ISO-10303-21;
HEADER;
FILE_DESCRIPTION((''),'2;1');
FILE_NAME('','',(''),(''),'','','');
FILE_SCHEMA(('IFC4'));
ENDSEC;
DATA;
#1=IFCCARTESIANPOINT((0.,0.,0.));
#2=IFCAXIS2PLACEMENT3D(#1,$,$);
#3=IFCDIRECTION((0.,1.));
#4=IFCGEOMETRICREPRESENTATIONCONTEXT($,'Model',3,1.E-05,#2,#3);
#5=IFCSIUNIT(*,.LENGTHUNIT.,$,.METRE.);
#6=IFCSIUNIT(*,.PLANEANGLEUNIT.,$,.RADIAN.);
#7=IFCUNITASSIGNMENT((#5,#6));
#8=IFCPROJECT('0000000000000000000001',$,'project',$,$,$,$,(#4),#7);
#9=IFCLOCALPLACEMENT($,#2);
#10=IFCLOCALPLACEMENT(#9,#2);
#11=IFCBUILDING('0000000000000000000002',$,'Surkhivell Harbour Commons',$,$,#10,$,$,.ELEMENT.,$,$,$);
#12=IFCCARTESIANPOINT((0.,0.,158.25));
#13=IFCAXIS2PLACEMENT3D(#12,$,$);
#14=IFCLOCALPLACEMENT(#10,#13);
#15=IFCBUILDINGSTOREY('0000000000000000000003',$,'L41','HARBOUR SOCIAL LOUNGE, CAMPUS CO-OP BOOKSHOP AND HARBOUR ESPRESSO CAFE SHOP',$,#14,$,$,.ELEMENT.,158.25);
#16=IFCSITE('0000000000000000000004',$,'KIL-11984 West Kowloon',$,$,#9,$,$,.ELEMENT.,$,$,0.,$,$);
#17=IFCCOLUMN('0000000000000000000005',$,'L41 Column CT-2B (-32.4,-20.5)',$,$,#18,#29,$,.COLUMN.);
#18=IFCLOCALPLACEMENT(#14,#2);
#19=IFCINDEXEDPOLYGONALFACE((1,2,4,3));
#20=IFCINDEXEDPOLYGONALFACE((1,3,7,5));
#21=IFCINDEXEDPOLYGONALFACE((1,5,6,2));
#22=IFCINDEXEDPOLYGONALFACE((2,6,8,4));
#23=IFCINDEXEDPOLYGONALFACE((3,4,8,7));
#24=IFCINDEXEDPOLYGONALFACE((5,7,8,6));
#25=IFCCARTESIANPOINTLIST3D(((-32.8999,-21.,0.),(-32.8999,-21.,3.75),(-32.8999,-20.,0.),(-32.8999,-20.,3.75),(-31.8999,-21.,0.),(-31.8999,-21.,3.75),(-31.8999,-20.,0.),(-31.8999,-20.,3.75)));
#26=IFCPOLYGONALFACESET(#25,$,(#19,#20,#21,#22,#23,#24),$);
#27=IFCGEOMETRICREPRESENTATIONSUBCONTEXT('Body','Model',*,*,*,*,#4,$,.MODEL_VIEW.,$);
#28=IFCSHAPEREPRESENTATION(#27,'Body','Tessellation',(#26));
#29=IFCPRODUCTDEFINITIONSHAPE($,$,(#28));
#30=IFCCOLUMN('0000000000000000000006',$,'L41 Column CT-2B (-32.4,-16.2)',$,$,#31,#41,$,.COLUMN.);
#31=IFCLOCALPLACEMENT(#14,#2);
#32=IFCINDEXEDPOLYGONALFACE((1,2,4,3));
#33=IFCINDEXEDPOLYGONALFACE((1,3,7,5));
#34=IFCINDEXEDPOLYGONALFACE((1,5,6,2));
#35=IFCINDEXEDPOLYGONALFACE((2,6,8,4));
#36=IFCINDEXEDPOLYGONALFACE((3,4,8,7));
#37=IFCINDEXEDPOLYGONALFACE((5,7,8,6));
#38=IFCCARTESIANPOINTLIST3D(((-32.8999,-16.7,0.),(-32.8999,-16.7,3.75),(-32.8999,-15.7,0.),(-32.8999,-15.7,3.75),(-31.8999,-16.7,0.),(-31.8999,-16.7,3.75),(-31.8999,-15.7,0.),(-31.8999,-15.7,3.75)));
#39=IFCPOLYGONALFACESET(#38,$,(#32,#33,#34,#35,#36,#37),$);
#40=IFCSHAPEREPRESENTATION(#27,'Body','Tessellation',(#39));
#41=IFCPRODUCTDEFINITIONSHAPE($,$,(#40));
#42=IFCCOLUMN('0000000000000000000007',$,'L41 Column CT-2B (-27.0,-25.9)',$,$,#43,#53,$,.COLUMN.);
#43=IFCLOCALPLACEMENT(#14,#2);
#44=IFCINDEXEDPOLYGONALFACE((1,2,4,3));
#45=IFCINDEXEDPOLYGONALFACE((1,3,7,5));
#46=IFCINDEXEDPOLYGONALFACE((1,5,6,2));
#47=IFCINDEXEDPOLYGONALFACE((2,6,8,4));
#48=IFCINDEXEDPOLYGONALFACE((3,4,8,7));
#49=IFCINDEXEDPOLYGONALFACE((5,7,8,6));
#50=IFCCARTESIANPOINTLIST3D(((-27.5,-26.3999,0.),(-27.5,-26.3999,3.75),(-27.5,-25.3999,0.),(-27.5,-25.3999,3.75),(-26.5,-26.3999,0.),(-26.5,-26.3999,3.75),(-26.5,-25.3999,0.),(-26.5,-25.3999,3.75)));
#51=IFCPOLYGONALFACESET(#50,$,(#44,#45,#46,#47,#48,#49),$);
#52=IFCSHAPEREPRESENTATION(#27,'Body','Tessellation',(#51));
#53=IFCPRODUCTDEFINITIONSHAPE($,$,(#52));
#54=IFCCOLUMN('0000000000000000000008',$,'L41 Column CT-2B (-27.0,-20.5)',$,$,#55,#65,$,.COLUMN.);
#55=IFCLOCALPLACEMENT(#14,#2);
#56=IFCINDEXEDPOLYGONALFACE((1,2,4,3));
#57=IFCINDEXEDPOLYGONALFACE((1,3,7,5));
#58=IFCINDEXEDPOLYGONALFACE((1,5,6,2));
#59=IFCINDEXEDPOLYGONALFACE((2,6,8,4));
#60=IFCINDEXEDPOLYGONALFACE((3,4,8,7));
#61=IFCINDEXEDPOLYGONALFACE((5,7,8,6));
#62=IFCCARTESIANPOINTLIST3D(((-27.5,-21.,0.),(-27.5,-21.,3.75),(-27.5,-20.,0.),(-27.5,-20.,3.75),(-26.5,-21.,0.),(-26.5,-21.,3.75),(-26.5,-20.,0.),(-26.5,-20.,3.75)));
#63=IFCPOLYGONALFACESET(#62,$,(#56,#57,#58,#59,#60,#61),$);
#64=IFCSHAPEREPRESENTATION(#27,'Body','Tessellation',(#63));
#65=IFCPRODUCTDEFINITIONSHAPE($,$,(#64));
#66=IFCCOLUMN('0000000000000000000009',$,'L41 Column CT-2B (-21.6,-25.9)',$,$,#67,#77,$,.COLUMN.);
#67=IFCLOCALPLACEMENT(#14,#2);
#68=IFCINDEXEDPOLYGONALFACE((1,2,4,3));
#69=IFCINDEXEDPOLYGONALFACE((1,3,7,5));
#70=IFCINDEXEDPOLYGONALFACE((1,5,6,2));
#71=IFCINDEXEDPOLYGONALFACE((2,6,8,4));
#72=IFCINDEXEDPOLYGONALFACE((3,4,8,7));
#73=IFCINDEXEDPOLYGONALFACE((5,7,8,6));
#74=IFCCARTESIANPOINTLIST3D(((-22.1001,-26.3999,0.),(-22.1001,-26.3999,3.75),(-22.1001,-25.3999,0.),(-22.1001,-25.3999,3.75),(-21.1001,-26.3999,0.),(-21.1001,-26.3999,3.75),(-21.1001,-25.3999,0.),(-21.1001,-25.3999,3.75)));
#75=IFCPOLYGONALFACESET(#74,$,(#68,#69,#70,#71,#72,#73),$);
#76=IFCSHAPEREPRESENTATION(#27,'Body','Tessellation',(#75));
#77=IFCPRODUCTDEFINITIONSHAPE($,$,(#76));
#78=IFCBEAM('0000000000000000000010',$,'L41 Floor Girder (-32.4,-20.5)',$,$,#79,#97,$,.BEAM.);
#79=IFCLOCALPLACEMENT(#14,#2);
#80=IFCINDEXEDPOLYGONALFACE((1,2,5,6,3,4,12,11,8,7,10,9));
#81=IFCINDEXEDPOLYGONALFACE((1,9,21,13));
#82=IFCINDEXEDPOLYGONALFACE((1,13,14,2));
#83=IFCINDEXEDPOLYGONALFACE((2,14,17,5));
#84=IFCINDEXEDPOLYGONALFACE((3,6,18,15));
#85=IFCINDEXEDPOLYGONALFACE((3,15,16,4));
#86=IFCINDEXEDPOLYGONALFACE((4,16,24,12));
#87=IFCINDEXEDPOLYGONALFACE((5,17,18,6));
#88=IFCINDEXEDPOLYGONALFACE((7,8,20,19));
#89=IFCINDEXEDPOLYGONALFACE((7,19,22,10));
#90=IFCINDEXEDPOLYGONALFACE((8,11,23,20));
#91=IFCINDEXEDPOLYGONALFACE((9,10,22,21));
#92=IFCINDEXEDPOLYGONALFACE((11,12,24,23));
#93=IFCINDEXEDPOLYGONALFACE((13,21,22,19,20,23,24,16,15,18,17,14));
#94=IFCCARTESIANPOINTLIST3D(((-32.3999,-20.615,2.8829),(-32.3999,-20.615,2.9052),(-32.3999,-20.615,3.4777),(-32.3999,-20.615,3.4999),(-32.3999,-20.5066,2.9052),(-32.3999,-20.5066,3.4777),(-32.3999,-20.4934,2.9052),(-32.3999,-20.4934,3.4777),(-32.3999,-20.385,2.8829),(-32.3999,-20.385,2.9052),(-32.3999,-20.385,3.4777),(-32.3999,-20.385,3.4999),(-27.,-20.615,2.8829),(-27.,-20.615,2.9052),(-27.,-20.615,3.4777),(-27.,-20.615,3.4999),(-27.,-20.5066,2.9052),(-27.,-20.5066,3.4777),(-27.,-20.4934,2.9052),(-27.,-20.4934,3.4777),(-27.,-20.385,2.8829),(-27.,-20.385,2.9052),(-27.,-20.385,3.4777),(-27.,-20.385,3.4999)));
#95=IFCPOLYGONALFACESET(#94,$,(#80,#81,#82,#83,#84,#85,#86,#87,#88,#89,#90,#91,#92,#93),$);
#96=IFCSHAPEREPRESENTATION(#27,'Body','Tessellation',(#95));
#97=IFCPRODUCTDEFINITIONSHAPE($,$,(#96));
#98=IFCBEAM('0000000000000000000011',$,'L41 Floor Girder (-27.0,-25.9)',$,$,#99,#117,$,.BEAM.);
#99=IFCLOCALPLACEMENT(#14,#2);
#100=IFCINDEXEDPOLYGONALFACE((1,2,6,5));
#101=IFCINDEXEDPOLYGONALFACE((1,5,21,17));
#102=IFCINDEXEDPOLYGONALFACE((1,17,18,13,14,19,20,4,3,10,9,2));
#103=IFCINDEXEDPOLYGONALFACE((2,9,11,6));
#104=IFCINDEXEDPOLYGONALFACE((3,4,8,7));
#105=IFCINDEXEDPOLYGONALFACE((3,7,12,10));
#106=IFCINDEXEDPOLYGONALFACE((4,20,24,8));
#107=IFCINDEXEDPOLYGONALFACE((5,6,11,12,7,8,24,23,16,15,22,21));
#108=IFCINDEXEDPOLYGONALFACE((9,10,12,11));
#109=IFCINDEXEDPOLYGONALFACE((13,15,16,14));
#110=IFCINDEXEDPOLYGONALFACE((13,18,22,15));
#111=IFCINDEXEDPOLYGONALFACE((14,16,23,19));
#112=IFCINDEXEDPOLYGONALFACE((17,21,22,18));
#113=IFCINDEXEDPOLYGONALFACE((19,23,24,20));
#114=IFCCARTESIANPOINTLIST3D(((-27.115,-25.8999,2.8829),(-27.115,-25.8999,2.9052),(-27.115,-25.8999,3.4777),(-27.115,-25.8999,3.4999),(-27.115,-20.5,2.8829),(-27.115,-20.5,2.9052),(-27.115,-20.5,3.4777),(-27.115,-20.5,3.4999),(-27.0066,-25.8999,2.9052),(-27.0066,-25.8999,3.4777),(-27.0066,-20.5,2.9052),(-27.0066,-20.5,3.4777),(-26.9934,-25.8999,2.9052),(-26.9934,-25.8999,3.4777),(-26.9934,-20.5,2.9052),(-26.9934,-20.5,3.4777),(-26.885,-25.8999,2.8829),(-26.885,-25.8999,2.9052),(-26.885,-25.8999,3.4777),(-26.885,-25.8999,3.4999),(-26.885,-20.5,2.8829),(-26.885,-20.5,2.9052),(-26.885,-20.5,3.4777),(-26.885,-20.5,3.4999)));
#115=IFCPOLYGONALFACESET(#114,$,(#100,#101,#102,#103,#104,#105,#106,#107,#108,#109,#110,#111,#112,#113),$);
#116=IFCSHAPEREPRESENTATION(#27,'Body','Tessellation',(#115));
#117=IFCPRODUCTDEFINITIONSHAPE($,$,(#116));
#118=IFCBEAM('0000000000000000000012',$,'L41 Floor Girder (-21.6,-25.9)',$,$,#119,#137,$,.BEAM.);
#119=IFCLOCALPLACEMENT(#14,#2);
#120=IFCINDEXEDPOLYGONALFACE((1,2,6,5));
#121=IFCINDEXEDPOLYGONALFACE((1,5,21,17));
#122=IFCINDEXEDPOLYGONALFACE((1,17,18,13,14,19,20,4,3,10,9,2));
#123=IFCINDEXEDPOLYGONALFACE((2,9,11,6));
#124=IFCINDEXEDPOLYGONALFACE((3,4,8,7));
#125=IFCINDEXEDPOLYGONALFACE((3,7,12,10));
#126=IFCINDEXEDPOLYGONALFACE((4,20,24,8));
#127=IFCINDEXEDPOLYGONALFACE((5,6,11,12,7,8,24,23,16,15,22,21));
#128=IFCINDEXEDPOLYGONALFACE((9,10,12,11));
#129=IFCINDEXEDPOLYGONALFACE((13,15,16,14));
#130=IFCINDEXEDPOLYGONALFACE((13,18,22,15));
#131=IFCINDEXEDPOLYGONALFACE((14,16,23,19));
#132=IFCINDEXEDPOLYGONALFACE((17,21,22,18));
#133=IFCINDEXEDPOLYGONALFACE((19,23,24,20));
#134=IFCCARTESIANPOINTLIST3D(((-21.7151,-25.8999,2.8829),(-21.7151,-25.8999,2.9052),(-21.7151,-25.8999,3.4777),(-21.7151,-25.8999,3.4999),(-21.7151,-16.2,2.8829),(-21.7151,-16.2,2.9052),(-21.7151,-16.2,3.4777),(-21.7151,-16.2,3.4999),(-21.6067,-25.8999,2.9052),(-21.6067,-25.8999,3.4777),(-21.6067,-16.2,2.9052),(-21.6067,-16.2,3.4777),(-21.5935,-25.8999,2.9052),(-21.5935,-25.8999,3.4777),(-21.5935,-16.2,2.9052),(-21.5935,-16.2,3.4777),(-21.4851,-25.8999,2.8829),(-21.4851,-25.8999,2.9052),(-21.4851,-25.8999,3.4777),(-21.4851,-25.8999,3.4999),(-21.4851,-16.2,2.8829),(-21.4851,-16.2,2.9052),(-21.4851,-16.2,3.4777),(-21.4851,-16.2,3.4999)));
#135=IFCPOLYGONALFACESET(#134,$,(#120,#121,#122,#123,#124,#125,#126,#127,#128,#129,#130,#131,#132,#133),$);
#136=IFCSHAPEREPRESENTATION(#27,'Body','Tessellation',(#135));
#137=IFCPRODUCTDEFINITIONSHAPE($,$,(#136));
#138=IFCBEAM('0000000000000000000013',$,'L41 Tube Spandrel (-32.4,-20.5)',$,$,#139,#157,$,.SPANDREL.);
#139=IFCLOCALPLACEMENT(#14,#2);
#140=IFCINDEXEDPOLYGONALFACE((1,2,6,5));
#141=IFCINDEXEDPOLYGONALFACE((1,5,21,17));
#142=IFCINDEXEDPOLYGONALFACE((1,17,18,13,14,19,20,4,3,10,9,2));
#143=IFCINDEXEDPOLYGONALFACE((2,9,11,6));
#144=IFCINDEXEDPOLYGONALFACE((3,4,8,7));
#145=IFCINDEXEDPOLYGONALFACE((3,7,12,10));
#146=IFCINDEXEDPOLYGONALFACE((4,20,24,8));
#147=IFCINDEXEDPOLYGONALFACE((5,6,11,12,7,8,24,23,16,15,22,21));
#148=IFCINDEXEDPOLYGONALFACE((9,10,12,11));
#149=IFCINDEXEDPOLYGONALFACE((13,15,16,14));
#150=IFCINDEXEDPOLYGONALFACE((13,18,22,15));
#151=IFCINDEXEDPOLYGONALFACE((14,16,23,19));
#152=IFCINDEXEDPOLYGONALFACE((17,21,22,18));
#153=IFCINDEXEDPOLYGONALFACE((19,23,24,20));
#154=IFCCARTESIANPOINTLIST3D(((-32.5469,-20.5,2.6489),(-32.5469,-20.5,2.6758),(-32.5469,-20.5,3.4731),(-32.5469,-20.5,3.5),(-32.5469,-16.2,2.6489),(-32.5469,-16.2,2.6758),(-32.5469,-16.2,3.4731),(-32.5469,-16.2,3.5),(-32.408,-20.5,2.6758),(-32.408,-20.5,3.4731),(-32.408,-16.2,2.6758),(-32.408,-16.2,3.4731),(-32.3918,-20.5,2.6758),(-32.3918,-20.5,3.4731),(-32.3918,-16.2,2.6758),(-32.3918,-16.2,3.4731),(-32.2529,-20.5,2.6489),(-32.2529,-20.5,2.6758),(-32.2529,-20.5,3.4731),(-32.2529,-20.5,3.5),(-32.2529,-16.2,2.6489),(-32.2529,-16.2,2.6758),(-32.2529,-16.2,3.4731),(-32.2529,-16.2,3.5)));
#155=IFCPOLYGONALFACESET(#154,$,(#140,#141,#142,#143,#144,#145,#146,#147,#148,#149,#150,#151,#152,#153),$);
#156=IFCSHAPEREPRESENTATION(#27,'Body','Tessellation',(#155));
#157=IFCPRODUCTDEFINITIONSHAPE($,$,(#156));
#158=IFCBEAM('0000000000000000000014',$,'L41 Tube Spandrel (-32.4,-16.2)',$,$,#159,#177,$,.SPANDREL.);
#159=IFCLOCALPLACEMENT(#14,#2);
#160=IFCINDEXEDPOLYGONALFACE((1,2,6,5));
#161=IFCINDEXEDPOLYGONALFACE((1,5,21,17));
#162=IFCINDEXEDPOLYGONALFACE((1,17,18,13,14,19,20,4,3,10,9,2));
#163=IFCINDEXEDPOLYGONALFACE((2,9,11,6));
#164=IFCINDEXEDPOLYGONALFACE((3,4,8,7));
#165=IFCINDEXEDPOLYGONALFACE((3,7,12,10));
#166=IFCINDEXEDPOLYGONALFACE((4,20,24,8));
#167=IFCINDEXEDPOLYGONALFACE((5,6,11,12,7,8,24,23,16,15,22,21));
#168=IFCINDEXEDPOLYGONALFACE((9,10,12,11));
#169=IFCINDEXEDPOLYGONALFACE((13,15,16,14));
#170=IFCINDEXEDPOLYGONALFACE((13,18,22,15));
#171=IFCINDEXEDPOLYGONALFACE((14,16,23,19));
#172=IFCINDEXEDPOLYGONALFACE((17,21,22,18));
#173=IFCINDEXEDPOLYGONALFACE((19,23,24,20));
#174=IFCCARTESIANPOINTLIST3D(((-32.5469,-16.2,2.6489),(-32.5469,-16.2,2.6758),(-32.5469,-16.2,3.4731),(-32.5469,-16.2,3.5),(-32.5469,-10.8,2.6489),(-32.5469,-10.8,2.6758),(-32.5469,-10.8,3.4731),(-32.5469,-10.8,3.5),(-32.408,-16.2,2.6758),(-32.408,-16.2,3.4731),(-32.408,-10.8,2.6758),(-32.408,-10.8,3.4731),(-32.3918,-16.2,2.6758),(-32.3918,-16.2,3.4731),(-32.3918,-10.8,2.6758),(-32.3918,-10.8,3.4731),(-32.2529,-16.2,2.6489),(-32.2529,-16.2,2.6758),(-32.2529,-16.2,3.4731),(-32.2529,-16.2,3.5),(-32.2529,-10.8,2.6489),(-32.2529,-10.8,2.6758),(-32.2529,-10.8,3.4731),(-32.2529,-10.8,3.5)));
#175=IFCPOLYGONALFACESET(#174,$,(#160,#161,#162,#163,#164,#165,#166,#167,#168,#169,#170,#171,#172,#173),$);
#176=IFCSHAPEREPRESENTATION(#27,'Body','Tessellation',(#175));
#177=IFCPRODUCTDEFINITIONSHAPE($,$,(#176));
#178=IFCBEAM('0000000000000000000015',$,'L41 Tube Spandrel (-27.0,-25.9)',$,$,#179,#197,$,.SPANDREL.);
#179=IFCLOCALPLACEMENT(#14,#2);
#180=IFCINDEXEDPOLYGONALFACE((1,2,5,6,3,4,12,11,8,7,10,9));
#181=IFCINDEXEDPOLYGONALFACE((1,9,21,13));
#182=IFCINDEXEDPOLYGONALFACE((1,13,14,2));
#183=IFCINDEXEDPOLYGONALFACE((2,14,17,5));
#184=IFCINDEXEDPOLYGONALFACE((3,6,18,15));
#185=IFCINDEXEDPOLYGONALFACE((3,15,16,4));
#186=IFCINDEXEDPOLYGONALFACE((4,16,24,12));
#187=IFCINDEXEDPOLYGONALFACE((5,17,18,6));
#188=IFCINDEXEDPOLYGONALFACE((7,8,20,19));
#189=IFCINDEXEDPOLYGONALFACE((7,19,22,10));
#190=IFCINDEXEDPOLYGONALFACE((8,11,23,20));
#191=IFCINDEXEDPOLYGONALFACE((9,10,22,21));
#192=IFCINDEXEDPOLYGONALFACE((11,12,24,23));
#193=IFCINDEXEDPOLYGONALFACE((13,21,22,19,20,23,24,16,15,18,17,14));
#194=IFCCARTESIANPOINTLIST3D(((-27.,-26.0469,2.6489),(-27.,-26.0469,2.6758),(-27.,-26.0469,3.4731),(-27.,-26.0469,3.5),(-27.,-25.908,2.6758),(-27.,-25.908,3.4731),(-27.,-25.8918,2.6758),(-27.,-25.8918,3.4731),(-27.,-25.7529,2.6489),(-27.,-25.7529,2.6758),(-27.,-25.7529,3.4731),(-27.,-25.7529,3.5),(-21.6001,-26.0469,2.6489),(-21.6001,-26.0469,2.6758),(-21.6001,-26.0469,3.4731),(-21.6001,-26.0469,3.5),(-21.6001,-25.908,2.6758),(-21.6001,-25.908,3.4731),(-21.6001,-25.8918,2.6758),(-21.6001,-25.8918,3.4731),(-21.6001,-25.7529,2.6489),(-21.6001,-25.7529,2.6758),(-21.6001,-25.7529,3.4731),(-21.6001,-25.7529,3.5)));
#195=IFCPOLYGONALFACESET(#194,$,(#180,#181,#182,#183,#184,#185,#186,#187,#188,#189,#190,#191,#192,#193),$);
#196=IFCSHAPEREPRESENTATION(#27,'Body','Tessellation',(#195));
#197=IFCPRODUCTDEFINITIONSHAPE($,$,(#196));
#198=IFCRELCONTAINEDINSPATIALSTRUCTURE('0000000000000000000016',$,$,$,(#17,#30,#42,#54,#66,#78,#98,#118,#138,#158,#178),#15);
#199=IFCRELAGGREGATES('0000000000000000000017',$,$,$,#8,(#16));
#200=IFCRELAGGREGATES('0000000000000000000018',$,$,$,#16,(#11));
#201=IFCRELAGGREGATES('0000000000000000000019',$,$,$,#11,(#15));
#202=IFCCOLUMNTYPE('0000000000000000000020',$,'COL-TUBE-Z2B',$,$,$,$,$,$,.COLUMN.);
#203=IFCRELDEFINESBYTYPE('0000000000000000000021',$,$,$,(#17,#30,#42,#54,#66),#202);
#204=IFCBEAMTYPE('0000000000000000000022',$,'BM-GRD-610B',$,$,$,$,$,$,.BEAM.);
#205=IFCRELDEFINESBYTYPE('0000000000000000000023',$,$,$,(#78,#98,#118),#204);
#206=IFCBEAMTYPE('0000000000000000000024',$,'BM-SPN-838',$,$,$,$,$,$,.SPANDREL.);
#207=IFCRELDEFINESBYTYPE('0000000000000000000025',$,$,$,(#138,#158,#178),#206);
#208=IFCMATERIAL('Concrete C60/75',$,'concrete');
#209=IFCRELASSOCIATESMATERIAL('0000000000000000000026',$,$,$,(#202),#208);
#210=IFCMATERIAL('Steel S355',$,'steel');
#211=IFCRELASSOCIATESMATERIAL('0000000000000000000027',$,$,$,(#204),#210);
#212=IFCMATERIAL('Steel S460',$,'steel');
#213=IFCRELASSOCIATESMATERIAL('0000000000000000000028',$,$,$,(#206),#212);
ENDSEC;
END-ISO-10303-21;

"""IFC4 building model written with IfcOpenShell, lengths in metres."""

from ifc_helpers import new_model, si_unit, direction, frame, origin, origin_2d, place, context, subcontext, project, spatial, rectangle, i_section, extrude, material, material_profile, profile_set, type_object, element, save


model = new_model("IFC4")

# Units and contexts
model_context = context("Model", 3, precision=1e-05, world=origin(), true_north=direction((0.0, 1.0)))
body_context = subcontext(model_context, "Body", "Model", "MODEL_VIEW")
ifc_project = project(units=[si_unit("LENGTHUNIT", "METRE"), si_unit("PLANEANGLEUNIT", "RADIAN")], contexts=[model_context])

# Site, building, storey
site_placement = place(None, origin())
site = spatial("IfcSite", under=ifc_project, at=site_placement, Name="KIL-11984 West Kowloon", CompositionType="ELEMENT", RefElevation=0.0)
building_placement = place(site_placement, origin())
building = spatial("IfcBuilding", under=site, at=building_placement, Name="Surkhivell Harbour Commons", CompositionType="ELEMENT")
storey_placement = place(building_placement, frame((0.0, 0.0, 158.25)))
storey = spatial("IfcBuildingStorey", under=building, at=storey_placement, Name="L41", Description="HARBOUR SOCIAL LOUNGE, CAMPUS CO-OP BOOKSHOP AND HARBOUR ESPRESSO CAFE SHOP", CompositionType="ELEMENT", Elevation=158.25)

# Columns
ifc_material_1 = material(Name="Concrete C60/75", Category="concrete")
ifc_material_profile_1 = material_profile(ifc_material_1, rectangle(XDim=1.0, YDim=1.0, at=origin_2d()), Name="RC-COL-1000x1000")
ifc_profile_set_1 = profile_set([ifc_material_profile_1], Name="Concrete C60/75")
column_type = type_object("IfcColumnType", Name="COL-TUBE-Z2B", PredefinedType="COLUMN", material=ifc_profile_set_1)
for number, where, z_axis, x_axis, name in (
    (1, (-32.3999, -20.5, 0.0), (0.0, 0.0, 1.0), (1.0, 0.0, 0.0), "L41 Column CT-2B (-32.4,-20.5)"),
    (2, (-32.3999, -16.2, 0.0), (0.0, 0.0, 1.0), (1.0, 0.0, 0.0), "L41 Column CT-2B (-32.4,-16.2)"),
    (3, (-27.0, -25.8999, 0.0), (0.0, 0.0, 1.0), (1.0, 0.0, 0.0), "L41 Column CT-2B (-27.0,-25.9)"),
    (4, (-27.0, -20.5, 0.0), (0.0, 0.0, 1.0), (1.0, 0.0, 0.0), "L41 Column CT-2B (-27.0,-20.5)"),
    (5, (-21.6001, -25.8999, 0.0), (0.0, 0.0, 1.0), (1.0, 0.0, 0.0), "L41 Column CT-2B (-21.6,-25.9)"),
):
    element("IfcColumn", number, at=place(storey_placement, frame(where, z_axis=z_axis, x_axis=x_axis)), inside=storey, type_object=column_type, Name=name, PredefinedType="COLUMN", context=body_context, shape_type="SweptSolid", body=[
        extrude(rectangle(XDim=1.0, YDim=1.0, at=origin_2d()), origin(), (0.0, 0.0, 1.0), 3.75),
    ])

# Beams
ifc_material_2 = material(Name="Steel S355", Category="steel")
ifc_material_profile_2 = material_profile(ifc_material_2, i_section(OverallWidth=0.23, OverallDepth=0.6169, WebThickness=0.0132, FlangeThickness=0.0222, at=origin_2d()), Name="UB610x229x140")
ifc_profile_set_2 = profile_set([ifc_material_profile_2], Name="Steel S355")
beam_type_1 = type_object("IfcBeamType", Name="BM-GRD-610B", PredefinedType="BEAM", material=ifc_profile_set_2)
for number, where, z_axis, x_axis, name in (
    (6, (-32.3999, -20.5, 3.1914), (1.0, 0.0, 0.0), (0.0, 1.0, 0.0), "L41 Floor Girder (-32.4,-20.5)"),
    (7, (-27.0, -25.8999, 3.1914), (0.0, 1.0, 0.0), (-1.0, 0.0, 0.0), "L41 Floor Girder (-27.0,-25.9)"),
):
    element("IfcBeam", number, at=place(storey_placement, frame(where, z_axis=z_axis, x_axis=x_axis)), inside=storey, type_object=beam_type_1, Name=name, PredefinedType="BEAM", context=body_context, shape_type="SweptSolid", body=[
        extrude(i_section(OverallWidth=0.23, OverallDepth=0.6169, WebThickness=0.0132, FlangeThickness=0.0222, at=origin_2d()), origin(), (0.0, 0.0, 1.0), 5.3999),
    ])
beam_1_placement = place(storey_placement, frame((-21.6001, -25.8999, 3.1914), z_axis=(0.0, 1.0, 0.0), x_axis=(-1.0, 0.0, 0.0)))
element("IfcBeam", 8, at=beam_1_placement, inside=storey, type_object=beam_type_1, Name="L41 Floor Girder (-21.6,-25.9)", PredefinedType="BEAM", context=body_context, shape_type="SweptSolid", body=[
    extrude(i_section(OverallWidth=0.23, OverallDepth=0.6169, WebThickness=0.0132, FlangeThickness=0.0222, at=origin_2d()), origin(), (0.0, 0.0, 1.0), 9.7),
])
ifc_material_3 = material(Name="Steel S460", Category="steel")
ifc_material_profile_3 = material_profile(ifc_material_3, i_section(OverallWidth=0.2939, OverallDepth=0.8511, WebThickness=0.0161, FlangeThickness=0.0269, at=origin_2d()), Name="UB838x292x226")
ifc_profile_set_3 = profile_set([ifc_material_profile_3], Name="Steel S460")
beam_type_2 = type_object("IfcBeamType", Name="BM-SPN-838", PredefinedType="SPANDREL", material=ifc_profile_set_3)
beam_2_placement = place(storey_placement, frame((-32.3999, -20.5, 3.0745), z_axis=(0.0, 1.0, 0.0), x_axis=(-1.0, 0.0, 0.0)))
element("IfcBeam", 9, at=beam_2_placement, inside=storey, type_object=beam_type_2, Name="L41 Tube Spandrel (-32.4,-20.5)", PredefinedType="SPANDREL", context=body_context, shape_type="SweptSolid", body=[
    extrude(i_section(OverallWidth=0.2939, OverallDepth=0.8511, WebThickness=0.0161, FlangeThickness=0.0269, at=origin_2d()), origin(), (0.0, 0.0, 1.0), 4.3),
])
for number, where, z_axis, x_axis, name in (
    (10, (-32.3999, -16.2, 3.0745), (0.0, 1.0, 0.0), (-1.0, 0.0, 0.0), "L41 Tube Spandrel (-32.4,-16.2)"),
    (11, (-27.0, -25.8999, 3.0745), (1.0, 0.0, 0.0), (0.0, 1.0, 0.0), "L41 Tube Spandrel (-27.0,-25.9)"),
):
    element("IfcBeam", number, at=place(storey_placement, frame(where, z_axis=z_axis, x_axis=x_axis)), inside=storey, type_object=beam_type_2, Name=name, PredefinedType="SPANDREL", context=body_context, shape_type="SweptSolid", body=[
        extrude(i_section(OverallWidth=0.2939, OverallDepth=0.8511, WebThickness=0.0161, FlangeThickness=0.0269, at=origin_2d()), origin(), (0.0, 0.0, 1.0), 5.3999),
    ])

save(model, "model.ifc")
